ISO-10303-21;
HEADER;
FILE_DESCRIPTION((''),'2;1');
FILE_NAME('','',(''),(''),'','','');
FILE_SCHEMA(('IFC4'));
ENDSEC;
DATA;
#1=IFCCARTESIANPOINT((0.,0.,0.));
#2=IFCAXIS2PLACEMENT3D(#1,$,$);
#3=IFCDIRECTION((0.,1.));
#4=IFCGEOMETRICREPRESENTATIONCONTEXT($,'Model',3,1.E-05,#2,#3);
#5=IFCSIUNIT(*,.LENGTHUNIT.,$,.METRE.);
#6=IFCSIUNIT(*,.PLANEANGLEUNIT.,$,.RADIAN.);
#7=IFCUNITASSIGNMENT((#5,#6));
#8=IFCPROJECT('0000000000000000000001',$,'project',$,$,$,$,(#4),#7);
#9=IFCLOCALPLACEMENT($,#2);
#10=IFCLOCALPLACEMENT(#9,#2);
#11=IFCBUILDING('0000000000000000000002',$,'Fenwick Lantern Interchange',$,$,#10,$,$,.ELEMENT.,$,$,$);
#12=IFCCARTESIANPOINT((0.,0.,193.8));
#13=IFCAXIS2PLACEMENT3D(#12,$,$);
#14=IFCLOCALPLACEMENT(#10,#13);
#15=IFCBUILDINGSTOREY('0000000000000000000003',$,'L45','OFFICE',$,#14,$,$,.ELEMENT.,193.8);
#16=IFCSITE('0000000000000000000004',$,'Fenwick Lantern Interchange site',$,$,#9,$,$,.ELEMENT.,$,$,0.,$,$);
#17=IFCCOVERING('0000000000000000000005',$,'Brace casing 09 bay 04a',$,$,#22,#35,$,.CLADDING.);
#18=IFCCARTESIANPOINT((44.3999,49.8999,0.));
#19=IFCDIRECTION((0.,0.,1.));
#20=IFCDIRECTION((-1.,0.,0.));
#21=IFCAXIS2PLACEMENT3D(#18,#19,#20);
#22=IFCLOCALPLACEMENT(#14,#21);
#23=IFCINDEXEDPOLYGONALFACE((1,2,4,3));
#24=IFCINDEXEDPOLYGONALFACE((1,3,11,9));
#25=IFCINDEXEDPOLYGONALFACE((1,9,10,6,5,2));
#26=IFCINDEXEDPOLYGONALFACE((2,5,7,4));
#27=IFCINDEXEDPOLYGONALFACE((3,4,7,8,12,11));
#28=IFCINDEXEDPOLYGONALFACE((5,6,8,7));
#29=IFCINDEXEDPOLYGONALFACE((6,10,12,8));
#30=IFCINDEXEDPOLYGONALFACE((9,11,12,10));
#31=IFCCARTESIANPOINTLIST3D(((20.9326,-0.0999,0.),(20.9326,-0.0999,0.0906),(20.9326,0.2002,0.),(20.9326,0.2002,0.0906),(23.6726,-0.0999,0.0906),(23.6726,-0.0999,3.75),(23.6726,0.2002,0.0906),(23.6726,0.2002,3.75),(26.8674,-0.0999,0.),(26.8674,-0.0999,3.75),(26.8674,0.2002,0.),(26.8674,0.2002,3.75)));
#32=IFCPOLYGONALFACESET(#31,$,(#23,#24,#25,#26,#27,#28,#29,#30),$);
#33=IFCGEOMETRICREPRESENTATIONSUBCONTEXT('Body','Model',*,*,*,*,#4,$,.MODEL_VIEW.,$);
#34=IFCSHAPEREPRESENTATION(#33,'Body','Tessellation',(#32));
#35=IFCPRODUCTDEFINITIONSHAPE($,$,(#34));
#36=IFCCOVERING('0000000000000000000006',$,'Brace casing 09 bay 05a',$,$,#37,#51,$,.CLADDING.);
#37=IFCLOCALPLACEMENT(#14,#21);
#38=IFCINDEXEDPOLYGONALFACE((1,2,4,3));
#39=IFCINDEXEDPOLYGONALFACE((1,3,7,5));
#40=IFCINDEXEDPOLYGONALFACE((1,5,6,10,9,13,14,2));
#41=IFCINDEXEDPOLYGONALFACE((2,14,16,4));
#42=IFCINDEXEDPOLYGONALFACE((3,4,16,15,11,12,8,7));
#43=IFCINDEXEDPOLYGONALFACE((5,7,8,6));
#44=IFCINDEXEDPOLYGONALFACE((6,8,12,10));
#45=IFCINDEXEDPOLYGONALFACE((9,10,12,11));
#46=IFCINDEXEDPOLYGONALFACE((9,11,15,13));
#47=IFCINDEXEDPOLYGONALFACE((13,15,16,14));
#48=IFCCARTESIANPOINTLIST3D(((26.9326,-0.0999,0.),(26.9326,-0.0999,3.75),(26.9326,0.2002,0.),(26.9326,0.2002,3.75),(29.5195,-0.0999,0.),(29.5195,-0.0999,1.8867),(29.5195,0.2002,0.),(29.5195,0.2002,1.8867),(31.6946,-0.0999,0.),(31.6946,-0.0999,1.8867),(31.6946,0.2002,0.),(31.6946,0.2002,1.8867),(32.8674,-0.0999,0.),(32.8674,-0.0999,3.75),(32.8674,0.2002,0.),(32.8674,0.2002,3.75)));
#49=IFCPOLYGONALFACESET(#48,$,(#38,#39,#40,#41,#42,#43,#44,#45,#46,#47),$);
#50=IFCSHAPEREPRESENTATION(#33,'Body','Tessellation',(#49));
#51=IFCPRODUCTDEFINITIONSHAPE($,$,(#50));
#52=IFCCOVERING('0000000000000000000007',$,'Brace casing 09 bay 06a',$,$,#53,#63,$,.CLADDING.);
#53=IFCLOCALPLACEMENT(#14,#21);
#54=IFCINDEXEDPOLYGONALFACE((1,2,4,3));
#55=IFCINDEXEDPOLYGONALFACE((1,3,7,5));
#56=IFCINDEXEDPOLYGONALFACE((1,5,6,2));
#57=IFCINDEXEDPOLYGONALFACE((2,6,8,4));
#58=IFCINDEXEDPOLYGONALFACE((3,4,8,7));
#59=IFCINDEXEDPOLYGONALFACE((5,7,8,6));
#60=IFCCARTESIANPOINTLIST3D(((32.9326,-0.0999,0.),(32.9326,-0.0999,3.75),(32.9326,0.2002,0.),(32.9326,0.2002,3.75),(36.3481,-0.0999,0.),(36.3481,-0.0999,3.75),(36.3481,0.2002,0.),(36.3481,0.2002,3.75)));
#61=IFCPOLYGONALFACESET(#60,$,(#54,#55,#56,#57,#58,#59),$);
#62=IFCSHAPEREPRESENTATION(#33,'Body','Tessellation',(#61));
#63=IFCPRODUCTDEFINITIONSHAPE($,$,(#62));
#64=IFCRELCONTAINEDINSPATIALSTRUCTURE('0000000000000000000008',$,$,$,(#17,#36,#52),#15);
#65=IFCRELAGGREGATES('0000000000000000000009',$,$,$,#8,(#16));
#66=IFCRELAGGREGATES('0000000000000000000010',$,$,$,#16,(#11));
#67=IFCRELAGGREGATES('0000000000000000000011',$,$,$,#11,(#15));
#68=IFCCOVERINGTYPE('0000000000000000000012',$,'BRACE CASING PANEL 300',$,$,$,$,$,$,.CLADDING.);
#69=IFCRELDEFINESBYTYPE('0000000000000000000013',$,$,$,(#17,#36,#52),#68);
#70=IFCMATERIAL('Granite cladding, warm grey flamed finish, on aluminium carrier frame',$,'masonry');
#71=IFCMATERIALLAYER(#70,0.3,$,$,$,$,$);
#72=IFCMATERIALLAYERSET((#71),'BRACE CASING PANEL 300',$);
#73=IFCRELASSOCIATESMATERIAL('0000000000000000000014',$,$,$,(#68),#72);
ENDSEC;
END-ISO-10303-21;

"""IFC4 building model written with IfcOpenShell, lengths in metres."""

from ifc_helpers import new_model, si_unit, direction, frame, origin, place, context, subcontext, project, spatial, polyline, outline, extrude, material, layer, layer_set, type_object, element, save


model = new_model("IFC4")

# Units and contexts
model_context = context("Model", 3, precision=1e-05, world=origin(), true_north=direction((0.0, 1.0)))
body_context = subcontext(model_context, "Body", "Model", "MODEL_VIEW")
ifc_project = project(units=[si_unit("LENGTHUNIT", "METRE"), si_unit("PLANEANGLEUNIT", "RADIAN")], contexts=[model_context])

# Site, building, storey
site_placement = place(None, origin())
site = spatial("IfcSite", under=ifc_project, at=site_placement, Name="Fenwick Lantern Interchange site", CompositionType="ELEMENT", RefElevation=0.0)
building_placement = place(site_placement, origin())
building = spatial("IfcBuilding", under=site, at=building_placement, Name="Fenwick Lantern Interchange", CompositionType="ELEMENT")
storey_placement = place(building_placement, frame((0.0, 0.0, 193.8)))
storey = spatial("IfcBuildingStorey", under=building, at=storey_placement, Name="L45", Description="OFFICE", CompositionType="ELEMENT", Elevation=193.8)

# Coverings
ifc_material_1 = material(Name="Granite cladding, warm grey flamed finish, on aluminium carrier frame", Category="masonry")
ifc_layer_1 = layer(ifc_material_1, 0.3)
ifc_layer_set_1 = layer_set([ifc_layer_1], Name="BRACE CASING PANEL 300")
covering_type = type_object("IfcCoveringType", Name="BRACE CASING PANEL 300", PredefinedType="CLADDING", material=ifc_layer_set_1)
covering_1_placement = place(storey_placement, frame((44.3999, 49.8999, 0.0), z_axis=(0.0, 0.0, 1.0), x_axis=(-1.0, 0.0, 0.0)))
element("IfcCovering", 1, at=covering_1_placement, inside=storey, type_object=covering_type, Name="Brace casing 09 bay 04a", PredefinedType="CLADDING", context=body_context, shape_type="SweptSolid", body=[
    extrude(outline(polyline([(20.9326, 0.0), (26.8674, 0.0), (26.8674, 3.75), (23.6726, 3.75), (23.6726, 0.0906), (20.9326, 0.0906), (20.9326, 0.0)])), frame((0.0, 0.2002, 0.0), z_axis=(0.0, -1.0, 0.0), x_axis=(1.0, 0.0, 0.0)), (0.0, 0.0, 1.0), 0.3),
])
covering_2_placement = place(storey_placement, frame((44.3999, 49.8999, 0.0), z_axis=(0.0, 0.0, 1.0), x_axis=(-1.0, 0.0, 0.0)))
element("IfcCovering", 2, at=covering_2_placement, inside=storey, type_object=covering_type, Name="Brace casing 09 bay 05a", PredefinedType="CLADDING", context=body_context, shape_type="SweptSolid", body=[
    extrude(outline(polyline([(26.9326, 0.0), (29.5195, 0.0), (29.5195, 1.8867), (31.6946, 1.8867), (31.6946, 0.0), (32.8674, 0.0), (32.8674, 3.75), (26.9326, 3.75), (26.9326, 0.0)])), frame((0.0, 0.2002, 0.0), z_axis=(0.0, -1.0, 0.0), x_axis=(1.0, 0.0, 0.0)), (0.0, 0.0, 1.0), 0.3),
])
covering_3_placement = place(storey_placement, frame((44.3999, 49.8999, 0.0), z_axis=(0.0, 0.0, 1.0), x_axis=(-1.0, 0.0, 0.0)))
element("IfcCovering", 3, at=covering_3_placement, inside=storey, type_object=covering_type, Name="Brace casing 09 bay 06a", PredefinedType="CLADDING", context=body_context, shape_type="SweptSolid", body=[
    extrude(outline(polyline([(32.9326, 0.0), (36.3481, 0.0), (36.3481, 3.75), (32.9326, 3.75), (32.9326, 0.0)])), frame((0.0, 0.2002, 0.0), z_axis=(0.0, -1.0, 0.0), x_axis=(1.0, 0.0, 0.0)), (0.0, 0.0, 1.0), 0.3),
])

save(model, "model.ifc")
